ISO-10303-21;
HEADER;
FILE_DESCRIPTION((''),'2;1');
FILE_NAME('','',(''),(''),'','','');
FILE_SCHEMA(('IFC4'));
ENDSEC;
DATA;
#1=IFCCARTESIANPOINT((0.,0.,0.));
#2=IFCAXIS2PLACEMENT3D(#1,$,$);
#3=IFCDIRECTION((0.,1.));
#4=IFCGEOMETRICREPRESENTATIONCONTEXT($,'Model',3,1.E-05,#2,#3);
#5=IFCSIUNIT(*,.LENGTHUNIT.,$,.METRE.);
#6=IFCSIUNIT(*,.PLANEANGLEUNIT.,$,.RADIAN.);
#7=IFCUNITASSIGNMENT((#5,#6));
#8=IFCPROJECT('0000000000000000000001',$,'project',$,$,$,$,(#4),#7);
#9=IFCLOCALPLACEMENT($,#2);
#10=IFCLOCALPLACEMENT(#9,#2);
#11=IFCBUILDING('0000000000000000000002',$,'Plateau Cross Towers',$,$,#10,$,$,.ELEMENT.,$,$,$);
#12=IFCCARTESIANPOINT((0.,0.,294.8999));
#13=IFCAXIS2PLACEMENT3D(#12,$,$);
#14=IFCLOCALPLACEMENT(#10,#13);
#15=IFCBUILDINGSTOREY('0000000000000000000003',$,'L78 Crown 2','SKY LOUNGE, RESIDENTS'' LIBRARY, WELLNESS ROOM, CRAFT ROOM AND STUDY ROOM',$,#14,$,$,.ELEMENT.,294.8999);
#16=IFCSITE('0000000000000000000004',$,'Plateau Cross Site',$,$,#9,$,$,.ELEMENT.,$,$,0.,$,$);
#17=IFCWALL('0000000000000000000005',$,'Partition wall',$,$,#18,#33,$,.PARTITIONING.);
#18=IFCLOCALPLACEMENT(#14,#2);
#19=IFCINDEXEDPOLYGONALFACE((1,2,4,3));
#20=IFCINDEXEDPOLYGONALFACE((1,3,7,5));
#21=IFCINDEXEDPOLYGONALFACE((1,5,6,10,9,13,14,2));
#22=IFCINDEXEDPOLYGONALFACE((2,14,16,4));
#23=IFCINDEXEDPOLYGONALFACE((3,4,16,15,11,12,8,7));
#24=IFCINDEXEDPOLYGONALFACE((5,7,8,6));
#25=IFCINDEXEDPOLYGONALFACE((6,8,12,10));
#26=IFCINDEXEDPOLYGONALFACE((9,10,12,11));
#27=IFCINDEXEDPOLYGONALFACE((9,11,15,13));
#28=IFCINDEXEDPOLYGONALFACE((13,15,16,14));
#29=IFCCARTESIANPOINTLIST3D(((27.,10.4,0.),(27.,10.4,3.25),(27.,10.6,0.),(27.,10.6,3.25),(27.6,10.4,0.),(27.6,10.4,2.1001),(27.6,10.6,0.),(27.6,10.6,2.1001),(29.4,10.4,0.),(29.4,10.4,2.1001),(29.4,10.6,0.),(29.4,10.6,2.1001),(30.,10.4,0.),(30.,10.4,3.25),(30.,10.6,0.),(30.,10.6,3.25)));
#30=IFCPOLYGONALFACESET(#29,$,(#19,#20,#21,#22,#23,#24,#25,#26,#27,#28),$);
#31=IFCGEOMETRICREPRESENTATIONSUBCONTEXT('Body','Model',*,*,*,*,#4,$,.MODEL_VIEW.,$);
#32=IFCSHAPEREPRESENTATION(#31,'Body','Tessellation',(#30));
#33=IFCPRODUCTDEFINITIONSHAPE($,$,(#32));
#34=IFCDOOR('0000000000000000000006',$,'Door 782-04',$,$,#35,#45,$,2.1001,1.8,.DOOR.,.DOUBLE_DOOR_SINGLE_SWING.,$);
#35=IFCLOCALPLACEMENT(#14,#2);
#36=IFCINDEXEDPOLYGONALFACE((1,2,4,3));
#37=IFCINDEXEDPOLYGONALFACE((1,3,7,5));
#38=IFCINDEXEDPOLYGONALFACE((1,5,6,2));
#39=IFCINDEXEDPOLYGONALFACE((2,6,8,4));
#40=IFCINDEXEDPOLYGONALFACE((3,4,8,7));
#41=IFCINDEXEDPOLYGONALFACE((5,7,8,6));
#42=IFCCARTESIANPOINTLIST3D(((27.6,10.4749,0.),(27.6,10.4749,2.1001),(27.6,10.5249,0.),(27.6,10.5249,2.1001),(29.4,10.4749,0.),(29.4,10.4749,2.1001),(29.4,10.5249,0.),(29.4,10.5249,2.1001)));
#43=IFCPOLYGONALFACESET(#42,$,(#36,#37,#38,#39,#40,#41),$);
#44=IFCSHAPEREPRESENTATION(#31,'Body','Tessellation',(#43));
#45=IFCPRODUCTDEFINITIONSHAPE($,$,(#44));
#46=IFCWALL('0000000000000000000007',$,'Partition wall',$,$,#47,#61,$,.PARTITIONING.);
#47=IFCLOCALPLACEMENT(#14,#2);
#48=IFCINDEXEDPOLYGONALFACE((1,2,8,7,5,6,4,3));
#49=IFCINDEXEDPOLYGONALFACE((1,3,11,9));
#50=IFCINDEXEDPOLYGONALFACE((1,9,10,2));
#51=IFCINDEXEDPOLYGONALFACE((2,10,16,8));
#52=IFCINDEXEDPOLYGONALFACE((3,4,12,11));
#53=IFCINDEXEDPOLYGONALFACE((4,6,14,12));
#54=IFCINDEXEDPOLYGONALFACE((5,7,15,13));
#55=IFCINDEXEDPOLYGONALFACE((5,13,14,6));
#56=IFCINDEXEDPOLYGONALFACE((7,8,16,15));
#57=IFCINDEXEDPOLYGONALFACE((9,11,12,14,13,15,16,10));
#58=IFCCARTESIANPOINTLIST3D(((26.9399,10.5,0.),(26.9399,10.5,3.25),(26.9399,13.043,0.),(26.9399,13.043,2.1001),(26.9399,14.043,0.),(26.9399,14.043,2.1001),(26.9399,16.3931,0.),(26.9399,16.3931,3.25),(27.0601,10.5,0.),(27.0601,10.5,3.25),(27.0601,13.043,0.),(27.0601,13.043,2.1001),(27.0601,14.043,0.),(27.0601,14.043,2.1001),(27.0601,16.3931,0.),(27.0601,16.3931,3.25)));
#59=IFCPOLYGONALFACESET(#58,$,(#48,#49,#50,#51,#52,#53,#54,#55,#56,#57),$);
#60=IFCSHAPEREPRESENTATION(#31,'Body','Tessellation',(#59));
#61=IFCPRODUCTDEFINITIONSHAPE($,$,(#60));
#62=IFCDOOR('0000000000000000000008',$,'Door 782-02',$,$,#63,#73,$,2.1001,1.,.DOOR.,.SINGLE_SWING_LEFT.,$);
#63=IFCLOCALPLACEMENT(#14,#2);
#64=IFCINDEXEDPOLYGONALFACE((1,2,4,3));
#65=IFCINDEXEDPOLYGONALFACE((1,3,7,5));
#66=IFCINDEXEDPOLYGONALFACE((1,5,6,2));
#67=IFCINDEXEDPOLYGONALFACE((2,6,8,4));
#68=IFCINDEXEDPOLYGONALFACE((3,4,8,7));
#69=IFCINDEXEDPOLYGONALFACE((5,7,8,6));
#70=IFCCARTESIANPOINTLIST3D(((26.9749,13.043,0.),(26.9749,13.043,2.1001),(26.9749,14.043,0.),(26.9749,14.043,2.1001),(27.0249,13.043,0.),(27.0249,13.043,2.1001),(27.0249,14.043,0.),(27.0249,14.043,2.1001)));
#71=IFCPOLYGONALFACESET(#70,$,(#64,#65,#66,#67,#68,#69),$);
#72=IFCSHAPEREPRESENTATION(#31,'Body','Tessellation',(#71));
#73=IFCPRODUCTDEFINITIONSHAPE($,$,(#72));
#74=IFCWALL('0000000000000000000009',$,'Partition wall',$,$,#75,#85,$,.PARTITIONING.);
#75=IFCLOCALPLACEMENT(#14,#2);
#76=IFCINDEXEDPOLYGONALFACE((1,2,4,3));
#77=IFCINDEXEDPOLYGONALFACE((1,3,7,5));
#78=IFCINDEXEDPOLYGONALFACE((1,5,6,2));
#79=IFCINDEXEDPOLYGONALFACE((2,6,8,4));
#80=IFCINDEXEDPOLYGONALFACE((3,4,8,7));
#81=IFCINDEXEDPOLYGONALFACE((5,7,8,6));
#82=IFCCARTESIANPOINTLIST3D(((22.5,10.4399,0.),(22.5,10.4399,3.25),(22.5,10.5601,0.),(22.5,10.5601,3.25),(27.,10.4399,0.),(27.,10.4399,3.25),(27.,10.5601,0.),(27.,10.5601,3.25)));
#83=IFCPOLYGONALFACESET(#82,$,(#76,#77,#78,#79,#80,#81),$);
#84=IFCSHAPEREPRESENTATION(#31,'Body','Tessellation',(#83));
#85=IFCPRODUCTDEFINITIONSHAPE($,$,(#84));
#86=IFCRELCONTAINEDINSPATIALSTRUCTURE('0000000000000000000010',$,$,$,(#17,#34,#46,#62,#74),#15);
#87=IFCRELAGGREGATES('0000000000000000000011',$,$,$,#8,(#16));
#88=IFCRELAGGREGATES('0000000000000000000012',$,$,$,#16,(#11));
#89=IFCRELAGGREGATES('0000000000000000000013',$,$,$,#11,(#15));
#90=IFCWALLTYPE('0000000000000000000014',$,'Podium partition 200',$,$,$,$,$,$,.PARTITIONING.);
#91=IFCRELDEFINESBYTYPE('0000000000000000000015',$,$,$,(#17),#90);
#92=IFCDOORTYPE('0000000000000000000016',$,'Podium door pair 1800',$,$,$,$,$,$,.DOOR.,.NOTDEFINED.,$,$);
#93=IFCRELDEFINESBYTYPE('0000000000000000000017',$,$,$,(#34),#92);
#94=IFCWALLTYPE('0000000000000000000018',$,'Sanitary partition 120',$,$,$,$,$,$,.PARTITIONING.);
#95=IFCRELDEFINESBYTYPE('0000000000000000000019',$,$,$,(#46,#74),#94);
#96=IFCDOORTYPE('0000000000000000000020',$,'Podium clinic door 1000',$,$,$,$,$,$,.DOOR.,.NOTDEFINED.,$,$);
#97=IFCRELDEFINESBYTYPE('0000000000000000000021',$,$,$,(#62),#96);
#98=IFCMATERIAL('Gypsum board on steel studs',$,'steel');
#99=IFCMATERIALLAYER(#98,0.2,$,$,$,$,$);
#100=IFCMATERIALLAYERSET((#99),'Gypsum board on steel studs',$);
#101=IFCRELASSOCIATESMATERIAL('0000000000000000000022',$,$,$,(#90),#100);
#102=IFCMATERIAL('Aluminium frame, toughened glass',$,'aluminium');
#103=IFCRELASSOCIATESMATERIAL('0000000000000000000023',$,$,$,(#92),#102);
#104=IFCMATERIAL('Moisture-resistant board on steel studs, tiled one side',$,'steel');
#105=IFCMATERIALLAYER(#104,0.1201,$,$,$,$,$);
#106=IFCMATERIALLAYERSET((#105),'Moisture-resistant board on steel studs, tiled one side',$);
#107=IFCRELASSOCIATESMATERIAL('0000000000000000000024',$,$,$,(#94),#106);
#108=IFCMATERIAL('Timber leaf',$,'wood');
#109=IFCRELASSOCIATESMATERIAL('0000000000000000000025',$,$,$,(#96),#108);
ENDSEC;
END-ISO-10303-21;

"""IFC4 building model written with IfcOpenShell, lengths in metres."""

from ifc_helpers import new_model, si_unit, direction, frame, frame_2d, origin, place, context, subcontext, project, spatial, rectangle, extrude, material, layer, layer_set, type_object, element, fill, save


model = new_model("IFC4")

# Units and contexts
model_context = context("Model", 3, precision=1e-05, world=origin(), true_north=direction((0.0, 1.0)))
body_context = subcontext(model_context, "Body", "Model", "MODEL_VIEW")
ifc_project = project(units=[si_unit("LENGTHUNIT", "METRE"), si_unit("PLANEANGLEUNIT", "RADIAN")], contexts=[model_context])

# Site, building, storey
site_placement = place(None, origin())
site = spatial("IfcSite", under=ifc_project, at=site_placement, Name="Plateau Cross Site", CompositionType="ELEMENT", RefElevation=0.0)
building_placement = place(site_placement, origin())
building = spatial("IfcBuilding", under=site, at=building_placement, Name="Plateau Cross Towers", CompositionType="ELEMENT")
storey_placement = place(building_placement, frame((0.0, 0.0, 294.8999)))
storey = spatial("IfcBuildingStorey", under=building, at=storey_placement, Name="L78 Crown 2", Description="SKY LOUNGE, RESIDENTS' LIBRARY, WELLNESS ROOM, CRAFT ROOM AND STUDY ROOM", CompositionType="ELEMENT", Elevation=294.8999)

# Walls, openings, doors
ifc_material_1 = material(Name="Gypsum board on steel studs", Category="steel")
ifc_layer_1 = layer(ifc_material_1, 0.2)
ifc_layer_set_1 = layer_set([ifc_layer_1], Name="Gypsum board on steel studs")
wall_type_1 = type_object("IfcWallType", Name="Podium partition 200", PredefinedType="PARTITIONING", material=ifc_layer_set_1)
wall_1_placement = place(storey_placement, frame((27.0, 10.5, 0.0), z_axis=(0.0, 0.0, 1.0), x_axis=(1.0, 0.0, 0.0)))
wall_1 = element("IfcWall", 1, at=wall_1_placement, inside=storey, type_object=wall_type_1, Name="Partition wall", PredefinedType="PARTITIONING", context=body_context, shape_type="SweptSolid", body=[
    extrude(rectangle(XDim=3.0, YDim=0.2, at=frame_2d((1.5, 0.0))), origin(), (0.0, 0.0, 1.0), 3.25),
])
opening_1_placement = place(wall_1_placement, frame((0.6001, 0.0, 0.0)))
opening_1 = element("IfcOpeningElement", 2, at=opening_1_placement, cuts=wall_1, PredefinedType="OPENING", context=body_context, shape_type="SweptSolid", body=[
    extrude(rectangle(XDim=1.8, YDim=2.1001, at=frame_2d((0.8999, 1.05))), frame((0.0, 0.1099, 0.0), z_axis=(0.0, -1.0, 0.0), x_axis=(1.0, 0.0, 0.0)), (0.0, 0.0, 1.0), 0.22),
])
ifc_material_2 = material(Name="Aluminium frame, toughened glass", Category="aluminium")
door_type_1 = type_object("IfcDoorType", Name="Podium door pair 1800", OperationType="NOTDEFINED", PredefinedType="DOOR", material=ifc_material_2)
door_1_placement = place(opening_1_placement, origin())
door_1 = element("IfcDoor", 3, at=door_1_placement, inside=storey, type_object=door_type_1, Name="Door 782-04", OperationType="DOUBLE_DOOR_SINGLE_SWING", OverallHeight=2.1001, OverallWidth=1.8, PredefinedType="DOOR", context=body_context, shape_type="SweptSolid", body=[
    extrude(rectangle(XDim=1.8, YDim=2.1001, at=frame_2d((0.8999, 1.05))), frame((0.0, 0.0249, 0.0), z_axis=(0.0, -1.0, 0.0), x_axis=(1.0, 0.0, 0.0)), (0.0, 0.0, 1.0), 0.05),
])
fill(opening_1, door_1)
ifc_material_3 = material(Name="Moisture-resistant board on steel studs, tiled one side", Category="steel")
ifc_layer_2 = layer(ifc_material_3, 0.1201)
ifc_layer_set_2 = layer_set([ifc_layer_2], Name="Moisture-resistant board on steel studs, tiled one side")
wall_type_2 = type_object("IfcWallType", Name="Sanitary partition 120", PredefinedType="PARTITIONING", material=ifc_layer_set_2)
wall_2_placement = place(storey_placement, frame((27.0, 16.3931, 0.0), z_axis=(0.0, 0.0, 1.0), x_axis=(0.0, -1.0, 0.0)))
wall_2 = element("IfcWall", 4, at=wall_2_placement, inside=storey, type_object=wall_type_2, Name="Partition wall", PredefinedType="PARTITIONING", context=body_context, shape_type="SweptSolid", body=[
    extrude(rectangle(XDim=5.8931, YDim=0.1201, at=frame_2d((2.9465, 0.0))), origin(), (0.0, 0.0, 1.0), 3.25),
])
opening_2_placement = place(wall_2_placement, frame((2.3501, 0.0, 0.0)))
opening_2 = element("IfcOpeningElement", 5, at=opening_2_placement, cuts=wall_2, PredefinedType="OPENING", context=body_context, shape_type="SweptSolid", body=[
    extrude(rectangle(XDim=1.0, YDim=2.1001, at=frame_2d((0.5, 1.05))), frame((0.0, 0.0701, 0.0), z_axis=(0.0, -1.0, 0.0), x_axis=(1.0, 0.0, 0.0)), (0.0, 0.0, 1.0), 0.1401),
])
ifc_material_4 = material(Name="Timber leaf", Category="wood")
door_type_2 = type_object("IfcDoorType", Name="Podium clinic door 1000", OperationType="NOTDEFINED", PredefinedType="DOOR", material=ifc_material_4)
door_2_placement = place(opening_2_placement, origin())
door_2 = element("IfcDoor", 6, at=door_2_placement, inside=storey, type_object=door_type_2, Name="Door 782-02", OperationType="SINGLE_SWING_LEFT", OverallHeight=2.1001, OverallWidth=1.0, PredefinedType="DOOR", context=body_context, shape_type="SweptSolid", body=[
    extrude(rectangle(XDim=1.0, YDim=2.1001, at=frame_2d((0.5, 1.05))), frame((0.0, 0.0249, 0.0), z_axis=(0.0, -1.0, 0.0), x_axis=(1.0, 0.0, 0.0)), (0.0, 0.0, 1.0), 0.05),
])
fill(opening_2, door_2)

# Wall
wall_3_placement = place(storey_placement, frame((22.5, 10.5, 0.0), z_axis=(0.0, 0.0, 1.0), x_axis=(1.0, 0.0, 0.0)))
element("IfcWall", 7, at=wall_3_placement, inside=storey, type_object=wall_type_2, Name="Partition wall", PredefinedType="PARTITIONING", context=body_context, shape_type="SweptSolid", body=[
    extrude(rectangle(XDim=4.5, YDim=0.1201, at=frame_2d((2.25, 0.0))), origin(), (0.0, 0.0, 1.0), 3.25),
])

save(model, "model.ifc")
